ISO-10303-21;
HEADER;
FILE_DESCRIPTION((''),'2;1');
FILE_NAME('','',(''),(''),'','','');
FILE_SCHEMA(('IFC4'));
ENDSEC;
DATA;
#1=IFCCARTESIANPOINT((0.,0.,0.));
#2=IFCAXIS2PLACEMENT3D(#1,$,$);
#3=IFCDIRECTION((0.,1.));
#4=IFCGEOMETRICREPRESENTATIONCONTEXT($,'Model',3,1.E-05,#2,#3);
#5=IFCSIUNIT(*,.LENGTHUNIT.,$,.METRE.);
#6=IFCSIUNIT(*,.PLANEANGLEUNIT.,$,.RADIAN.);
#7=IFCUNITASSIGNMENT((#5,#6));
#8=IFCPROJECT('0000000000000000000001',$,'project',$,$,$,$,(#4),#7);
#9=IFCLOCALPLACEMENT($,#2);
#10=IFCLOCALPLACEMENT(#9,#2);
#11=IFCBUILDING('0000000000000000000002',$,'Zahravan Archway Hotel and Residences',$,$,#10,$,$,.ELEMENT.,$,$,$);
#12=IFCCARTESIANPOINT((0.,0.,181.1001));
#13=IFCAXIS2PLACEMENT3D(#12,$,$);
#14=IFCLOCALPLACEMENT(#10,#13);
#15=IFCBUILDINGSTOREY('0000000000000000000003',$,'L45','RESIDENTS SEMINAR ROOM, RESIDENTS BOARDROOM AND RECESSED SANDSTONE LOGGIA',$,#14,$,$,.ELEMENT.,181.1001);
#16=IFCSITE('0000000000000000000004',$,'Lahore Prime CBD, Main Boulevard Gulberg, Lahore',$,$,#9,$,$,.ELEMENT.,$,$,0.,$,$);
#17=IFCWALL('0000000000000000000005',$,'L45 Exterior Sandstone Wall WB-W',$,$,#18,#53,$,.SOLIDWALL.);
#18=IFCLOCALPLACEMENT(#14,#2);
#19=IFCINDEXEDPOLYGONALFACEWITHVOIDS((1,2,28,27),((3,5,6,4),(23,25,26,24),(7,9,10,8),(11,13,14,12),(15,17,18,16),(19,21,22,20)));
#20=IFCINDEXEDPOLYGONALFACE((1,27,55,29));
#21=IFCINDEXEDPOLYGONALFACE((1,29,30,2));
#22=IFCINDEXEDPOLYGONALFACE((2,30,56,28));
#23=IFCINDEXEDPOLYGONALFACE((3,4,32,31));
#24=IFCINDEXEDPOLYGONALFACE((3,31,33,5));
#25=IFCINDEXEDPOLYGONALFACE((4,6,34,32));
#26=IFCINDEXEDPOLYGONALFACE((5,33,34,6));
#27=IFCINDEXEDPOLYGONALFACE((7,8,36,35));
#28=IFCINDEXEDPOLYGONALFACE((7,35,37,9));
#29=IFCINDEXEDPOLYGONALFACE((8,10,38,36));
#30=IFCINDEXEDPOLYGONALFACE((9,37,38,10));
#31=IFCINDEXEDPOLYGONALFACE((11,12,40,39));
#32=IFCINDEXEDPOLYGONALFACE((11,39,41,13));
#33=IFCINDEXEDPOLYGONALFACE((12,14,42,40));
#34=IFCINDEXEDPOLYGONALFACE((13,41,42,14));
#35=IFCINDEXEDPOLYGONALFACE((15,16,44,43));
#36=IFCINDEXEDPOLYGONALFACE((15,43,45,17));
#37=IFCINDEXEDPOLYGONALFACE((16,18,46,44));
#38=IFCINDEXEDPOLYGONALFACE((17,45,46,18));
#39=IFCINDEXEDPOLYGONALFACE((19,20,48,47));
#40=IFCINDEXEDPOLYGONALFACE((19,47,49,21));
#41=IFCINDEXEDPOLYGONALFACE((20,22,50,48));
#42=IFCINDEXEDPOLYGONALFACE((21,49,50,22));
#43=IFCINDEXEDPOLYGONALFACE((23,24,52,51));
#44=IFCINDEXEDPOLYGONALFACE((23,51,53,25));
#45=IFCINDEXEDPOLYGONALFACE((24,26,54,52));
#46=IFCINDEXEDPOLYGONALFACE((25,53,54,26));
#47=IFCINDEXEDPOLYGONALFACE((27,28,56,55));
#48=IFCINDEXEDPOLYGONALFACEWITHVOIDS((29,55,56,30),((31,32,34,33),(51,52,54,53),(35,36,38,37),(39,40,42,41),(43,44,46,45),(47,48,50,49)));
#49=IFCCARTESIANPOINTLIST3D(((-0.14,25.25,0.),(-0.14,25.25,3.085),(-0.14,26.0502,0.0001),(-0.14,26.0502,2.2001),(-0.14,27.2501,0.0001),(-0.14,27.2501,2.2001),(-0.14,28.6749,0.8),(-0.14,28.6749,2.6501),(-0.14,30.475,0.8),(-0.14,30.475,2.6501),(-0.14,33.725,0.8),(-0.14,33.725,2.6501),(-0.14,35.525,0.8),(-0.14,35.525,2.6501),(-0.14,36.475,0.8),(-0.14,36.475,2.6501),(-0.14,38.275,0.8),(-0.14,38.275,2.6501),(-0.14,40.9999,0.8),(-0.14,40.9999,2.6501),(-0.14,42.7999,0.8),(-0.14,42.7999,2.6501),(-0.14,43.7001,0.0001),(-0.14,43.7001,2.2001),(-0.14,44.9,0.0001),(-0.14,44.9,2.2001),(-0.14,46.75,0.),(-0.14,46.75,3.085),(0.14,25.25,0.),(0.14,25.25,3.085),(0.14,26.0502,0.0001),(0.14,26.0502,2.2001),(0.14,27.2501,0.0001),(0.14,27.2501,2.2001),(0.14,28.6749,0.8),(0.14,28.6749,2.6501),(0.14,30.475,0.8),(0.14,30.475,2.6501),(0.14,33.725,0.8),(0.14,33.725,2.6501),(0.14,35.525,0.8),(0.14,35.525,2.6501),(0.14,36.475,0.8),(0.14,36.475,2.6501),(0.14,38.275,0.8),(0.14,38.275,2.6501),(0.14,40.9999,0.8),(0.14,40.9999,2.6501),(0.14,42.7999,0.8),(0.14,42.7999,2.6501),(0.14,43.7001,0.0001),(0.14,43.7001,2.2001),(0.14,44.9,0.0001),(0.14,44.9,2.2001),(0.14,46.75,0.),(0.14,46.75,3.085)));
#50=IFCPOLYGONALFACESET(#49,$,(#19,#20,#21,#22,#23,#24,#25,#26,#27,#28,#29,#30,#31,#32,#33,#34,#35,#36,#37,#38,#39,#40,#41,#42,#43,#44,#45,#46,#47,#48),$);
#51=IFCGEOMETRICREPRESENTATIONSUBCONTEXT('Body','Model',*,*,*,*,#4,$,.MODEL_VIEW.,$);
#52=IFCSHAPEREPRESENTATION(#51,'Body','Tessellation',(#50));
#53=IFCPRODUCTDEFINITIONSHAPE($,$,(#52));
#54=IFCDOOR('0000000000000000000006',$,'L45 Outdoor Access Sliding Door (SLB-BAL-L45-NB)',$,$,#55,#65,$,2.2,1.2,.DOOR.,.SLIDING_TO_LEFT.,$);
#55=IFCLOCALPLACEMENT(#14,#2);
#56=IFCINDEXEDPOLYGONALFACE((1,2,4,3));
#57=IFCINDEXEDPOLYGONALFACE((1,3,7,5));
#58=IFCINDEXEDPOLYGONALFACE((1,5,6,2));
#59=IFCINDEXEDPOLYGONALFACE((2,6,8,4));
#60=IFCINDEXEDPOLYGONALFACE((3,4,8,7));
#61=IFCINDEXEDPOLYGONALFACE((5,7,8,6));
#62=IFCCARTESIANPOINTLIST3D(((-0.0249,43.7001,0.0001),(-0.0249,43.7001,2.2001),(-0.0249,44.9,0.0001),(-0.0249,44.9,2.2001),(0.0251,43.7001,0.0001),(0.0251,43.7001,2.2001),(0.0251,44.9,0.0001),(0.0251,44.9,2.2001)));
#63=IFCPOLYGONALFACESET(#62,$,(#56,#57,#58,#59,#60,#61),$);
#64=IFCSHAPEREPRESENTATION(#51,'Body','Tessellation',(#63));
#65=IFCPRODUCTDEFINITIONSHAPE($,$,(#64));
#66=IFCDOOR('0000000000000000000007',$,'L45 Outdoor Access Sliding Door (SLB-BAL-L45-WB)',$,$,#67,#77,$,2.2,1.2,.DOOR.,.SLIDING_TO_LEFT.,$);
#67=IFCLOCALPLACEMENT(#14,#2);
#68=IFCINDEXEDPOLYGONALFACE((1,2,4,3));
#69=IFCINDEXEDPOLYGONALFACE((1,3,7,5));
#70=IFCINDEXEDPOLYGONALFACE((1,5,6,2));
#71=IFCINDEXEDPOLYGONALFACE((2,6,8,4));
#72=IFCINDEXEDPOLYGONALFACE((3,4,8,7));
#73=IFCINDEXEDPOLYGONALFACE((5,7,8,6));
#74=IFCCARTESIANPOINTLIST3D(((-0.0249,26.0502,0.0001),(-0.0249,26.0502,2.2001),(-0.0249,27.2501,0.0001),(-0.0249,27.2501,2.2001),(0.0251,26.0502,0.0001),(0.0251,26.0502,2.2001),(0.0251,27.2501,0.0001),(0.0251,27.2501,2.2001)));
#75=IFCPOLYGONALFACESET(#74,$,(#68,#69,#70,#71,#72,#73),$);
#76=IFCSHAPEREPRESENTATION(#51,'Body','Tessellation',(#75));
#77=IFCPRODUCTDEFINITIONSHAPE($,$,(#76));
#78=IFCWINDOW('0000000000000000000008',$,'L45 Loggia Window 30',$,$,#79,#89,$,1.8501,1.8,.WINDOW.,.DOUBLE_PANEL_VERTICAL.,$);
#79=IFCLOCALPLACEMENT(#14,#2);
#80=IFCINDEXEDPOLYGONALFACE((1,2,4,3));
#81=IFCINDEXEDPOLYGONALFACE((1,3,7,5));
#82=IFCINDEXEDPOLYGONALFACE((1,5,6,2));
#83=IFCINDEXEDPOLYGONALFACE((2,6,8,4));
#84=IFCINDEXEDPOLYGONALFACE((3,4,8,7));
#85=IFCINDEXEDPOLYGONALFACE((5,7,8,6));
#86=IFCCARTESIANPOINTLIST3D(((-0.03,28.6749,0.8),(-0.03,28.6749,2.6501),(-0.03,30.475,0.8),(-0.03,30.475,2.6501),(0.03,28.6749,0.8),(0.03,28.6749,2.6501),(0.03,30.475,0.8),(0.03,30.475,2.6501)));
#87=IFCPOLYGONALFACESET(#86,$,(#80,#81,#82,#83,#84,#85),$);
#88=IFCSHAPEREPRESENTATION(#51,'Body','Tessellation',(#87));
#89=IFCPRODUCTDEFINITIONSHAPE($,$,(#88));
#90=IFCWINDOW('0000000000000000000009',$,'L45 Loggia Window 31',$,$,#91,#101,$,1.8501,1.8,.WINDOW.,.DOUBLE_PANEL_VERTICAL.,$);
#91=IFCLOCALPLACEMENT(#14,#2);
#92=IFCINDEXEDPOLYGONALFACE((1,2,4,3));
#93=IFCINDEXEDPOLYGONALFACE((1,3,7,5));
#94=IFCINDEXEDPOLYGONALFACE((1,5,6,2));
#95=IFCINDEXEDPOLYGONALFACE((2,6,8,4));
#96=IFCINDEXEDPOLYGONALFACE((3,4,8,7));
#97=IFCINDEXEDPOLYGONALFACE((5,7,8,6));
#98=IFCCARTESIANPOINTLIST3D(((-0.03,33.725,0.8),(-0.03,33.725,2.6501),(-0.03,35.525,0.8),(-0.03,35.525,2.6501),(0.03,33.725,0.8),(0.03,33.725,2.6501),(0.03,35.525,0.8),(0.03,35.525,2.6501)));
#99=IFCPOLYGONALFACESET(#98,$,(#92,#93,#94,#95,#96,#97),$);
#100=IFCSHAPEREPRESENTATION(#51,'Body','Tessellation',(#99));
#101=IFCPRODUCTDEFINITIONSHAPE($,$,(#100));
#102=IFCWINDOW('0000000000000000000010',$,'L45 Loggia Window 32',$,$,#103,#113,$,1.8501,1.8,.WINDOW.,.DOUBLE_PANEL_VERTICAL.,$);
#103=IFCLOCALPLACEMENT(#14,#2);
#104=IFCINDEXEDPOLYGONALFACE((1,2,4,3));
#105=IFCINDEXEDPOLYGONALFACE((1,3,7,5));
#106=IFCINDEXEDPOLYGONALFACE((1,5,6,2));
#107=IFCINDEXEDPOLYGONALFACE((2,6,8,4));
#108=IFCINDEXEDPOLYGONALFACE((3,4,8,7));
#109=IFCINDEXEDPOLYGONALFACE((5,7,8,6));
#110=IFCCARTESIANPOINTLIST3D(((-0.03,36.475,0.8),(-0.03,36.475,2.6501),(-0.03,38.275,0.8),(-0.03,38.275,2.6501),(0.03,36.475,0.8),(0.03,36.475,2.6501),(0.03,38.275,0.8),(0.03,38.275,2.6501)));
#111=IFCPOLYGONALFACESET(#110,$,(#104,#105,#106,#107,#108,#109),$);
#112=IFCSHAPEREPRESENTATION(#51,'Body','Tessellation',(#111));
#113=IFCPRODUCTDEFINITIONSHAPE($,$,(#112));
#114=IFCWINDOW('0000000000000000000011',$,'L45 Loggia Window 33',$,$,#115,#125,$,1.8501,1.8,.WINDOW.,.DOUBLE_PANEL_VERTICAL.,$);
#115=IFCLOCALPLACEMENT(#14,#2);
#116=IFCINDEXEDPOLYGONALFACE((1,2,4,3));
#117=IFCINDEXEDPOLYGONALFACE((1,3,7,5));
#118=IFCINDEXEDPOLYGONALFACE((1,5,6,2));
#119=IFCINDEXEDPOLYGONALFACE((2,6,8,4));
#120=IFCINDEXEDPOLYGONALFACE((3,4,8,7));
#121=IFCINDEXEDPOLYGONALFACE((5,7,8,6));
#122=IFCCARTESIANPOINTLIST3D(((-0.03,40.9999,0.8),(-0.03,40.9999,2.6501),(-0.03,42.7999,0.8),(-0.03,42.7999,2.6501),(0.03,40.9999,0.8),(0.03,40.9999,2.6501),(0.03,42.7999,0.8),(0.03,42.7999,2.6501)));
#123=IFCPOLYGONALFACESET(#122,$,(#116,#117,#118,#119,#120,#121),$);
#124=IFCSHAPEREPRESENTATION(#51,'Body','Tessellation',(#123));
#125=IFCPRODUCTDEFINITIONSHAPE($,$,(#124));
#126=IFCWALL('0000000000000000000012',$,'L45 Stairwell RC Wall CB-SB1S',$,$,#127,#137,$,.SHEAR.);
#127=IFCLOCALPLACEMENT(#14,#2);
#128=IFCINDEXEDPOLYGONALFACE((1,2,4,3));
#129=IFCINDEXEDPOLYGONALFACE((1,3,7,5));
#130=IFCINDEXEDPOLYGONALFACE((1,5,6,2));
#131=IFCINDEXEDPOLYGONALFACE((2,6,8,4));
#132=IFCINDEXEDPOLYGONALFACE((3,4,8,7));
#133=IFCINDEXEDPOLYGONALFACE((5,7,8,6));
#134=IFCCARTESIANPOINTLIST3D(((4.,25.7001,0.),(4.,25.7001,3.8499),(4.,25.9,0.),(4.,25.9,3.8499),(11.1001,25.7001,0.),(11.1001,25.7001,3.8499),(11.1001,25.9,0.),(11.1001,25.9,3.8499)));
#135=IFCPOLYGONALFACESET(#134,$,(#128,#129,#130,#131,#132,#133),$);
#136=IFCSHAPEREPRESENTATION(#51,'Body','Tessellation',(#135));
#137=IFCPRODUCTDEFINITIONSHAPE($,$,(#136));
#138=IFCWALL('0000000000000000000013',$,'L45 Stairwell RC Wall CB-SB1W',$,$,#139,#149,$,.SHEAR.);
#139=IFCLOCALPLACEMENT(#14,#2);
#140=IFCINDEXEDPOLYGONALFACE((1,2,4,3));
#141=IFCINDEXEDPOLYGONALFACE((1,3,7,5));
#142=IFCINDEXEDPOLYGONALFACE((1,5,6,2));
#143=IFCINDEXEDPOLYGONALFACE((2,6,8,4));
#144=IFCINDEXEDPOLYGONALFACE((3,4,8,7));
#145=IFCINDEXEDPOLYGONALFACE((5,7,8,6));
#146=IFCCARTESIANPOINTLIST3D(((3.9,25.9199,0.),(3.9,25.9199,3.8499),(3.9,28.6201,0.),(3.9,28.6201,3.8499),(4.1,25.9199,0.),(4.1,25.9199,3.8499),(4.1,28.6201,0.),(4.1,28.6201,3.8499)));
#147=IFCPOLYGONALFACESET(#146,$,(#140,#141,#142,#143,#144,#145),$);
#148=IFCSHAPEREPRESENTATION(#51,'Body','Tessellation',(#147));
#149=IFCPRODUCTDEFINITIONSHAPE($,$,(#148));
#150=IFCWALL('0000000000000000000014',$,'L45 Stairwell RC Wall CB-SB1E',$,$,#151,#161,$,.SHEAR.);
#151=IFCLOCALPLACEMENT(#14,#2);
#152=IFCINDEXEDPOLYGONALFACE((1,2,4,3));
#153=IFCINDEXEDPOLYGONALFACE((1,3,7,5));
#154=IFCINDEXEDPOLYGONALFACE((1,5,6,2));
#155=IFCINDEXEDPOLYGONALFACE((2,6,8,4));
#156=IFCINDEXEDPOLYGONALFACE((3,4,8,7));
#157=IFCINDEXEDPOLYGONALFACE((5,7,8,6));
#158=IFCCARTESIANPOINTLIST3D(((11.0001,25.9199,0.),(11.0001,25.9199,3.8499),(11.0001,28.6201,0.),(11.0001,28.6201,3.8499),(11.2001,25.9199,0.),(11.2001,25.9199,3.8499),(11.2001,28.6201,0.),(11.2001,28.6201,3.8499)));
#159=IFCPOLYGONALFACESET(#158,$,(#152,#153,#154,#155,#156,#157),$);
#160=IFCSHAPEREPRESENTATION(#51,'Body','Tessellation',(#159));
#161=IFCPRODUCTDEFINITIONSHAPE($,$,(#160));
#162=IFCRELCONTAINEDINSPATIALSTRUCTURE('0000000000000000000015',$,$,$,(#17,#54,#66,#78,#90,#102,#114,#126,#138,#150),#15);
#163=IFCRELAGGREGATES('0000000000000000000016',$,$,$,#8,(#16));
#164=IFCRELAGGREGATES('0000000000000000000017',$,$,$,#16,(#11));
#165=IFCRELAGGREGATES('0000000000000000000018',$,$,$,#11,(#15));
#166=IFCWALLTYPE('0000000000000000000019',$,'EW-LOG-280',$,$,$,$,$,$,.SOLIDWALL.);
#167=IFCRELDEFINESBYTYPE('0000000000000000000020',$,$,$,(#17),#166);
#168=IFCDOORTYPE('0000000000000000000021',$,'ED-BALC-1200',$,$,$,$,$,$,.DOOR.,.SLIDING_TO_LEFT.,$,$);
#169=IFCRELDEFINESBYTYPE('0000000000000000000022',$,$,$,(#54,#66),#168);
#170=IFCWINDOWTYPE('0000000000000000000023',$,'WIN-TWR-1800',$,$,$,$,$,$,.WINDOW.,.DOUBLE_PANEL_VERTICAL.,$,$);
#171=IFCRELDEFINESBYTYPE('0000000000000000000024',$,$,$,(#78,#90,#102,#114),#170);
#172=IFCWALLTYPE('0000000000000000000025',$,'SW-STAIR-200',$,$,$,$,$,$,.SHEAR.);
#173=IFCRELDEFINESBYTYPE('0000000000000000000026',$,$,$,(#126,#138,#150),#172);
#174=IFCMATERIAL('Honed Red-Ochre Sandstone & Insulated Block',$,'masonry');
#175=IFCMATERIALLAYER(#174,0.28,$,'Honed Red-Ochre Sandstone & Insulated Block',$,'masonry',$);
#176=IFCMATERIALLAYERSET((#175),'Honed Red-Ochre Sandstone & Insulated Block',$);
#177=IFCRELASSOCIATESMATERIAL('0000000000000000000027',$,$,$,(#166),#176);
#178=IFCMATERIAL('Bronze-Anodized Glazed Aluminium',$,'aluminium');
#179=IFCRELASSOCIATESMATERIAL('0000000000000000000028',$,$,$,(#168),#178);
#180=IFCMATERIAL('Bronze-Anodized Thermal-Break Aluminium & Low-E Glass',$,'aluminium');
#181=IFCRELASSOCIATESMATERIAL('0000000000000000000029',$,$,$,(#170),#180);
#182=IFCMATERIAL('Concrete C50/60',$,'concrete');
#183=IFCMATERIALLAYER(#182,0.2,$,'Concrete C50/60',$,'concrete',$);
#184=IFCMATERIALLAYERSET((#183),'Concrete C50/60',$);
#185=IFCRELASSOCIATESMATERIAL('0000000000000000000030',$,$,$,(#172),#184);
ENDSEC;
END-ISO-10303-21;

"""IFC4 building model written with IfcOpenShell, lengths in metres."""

from ifc_helpers import new_model, si_unit, direction, frame, frame_2d, origin, place, context, subcontext, project, spatial, rectangle, extrude, source, transform, mapped, material, layer, layer_set, type_object, type_shapes, element, fill, save


model = new_model("IFC4")

# Units and contexts
model_context = context("Model", 3, precision=1e-05, world=origin(), true_north=direction((0.0, 1.0)))
body_context = subcontext(model_context, "Body", "Model", "MODEL_VIEW")
ifc_project = project(units=[si_unit("LENGTHUNIT", "METRE"), si_unit("PLANEANGLEUNIT", "RADIAN")], contexts=[model_context])

# Site, building, storey
site_placement = place(None, origin())
site = spatial("IfcSite", under=ifc_project, at=site_placement, Name="Lahore Prime CBD, Main Boulevard Gulberg, Lahore", CompositionType="ELEMENT", RefElevation=0.0)
building_placement = place(site_placement, origin())
building = spatial("IfcBuilding", under=site, at=building_placement, Name="Zahravan Archway Hotel and Residences", CompositionType="ELEMENT")
storey_placement = place(building_placement, frame((0.0, 0.0, 181.1001)))
storey = spatial("IfcBuildingStorey", under=building, at=storey_placement, Name="L45", Description="RESIDENTS SEMINAR ROOM, RESIDENTS BOARDROOM AND RECESSED SANDSTONE LOGGIA", CompositionType="ELEMENT", Elevation=181.1001)

# Shared definitions
ifc_material_1 = material(Name="Honed Red-Ochre Sandstone & Insulated Block", Category="masonry")
ifc_layer_1 = layer(ifc_material_1, 0.28, Name="Honed Red-Ochre Sandstone & Insulated Block", Category="masonry")
ifc_layer_set_1 = layer_set([ifc_layer_1], Name="Honed Red-Ochre Sandstone & Insulated Block")
wall_type_1 = type_object("IfcWallType", Name="EW-LOG-280", PredefinedType="SOLIDWALL", material=ifc_layer_set_1)
ifc_material_2 = material(Name="Bronze-Anodized Thermal-Break Aluminium & Low-E Glass", Category="aluminium")

# Wall, openings, doors, windows
wall_1_placement = place(storey_placement, frame((0.0, 25.25, 0.0), z_axis=(0.0, 0.0, 1.0), x_axis=(0.0, 1.0, 0.0)))
wall_1 = element("IfcWall", 1, at=wall_1_placement, inside=storey, type_object=wall_type_1, Name="L45 Exterior Sandstone Wall WB-W", PredefinedType="SOLIDWALL", context=body_context, shape_type="SweptSolid", body=[
    extrude(rectangle(XDim=21.5, YDim=0.28, at=frame_2d((10.75, 0.0))), origin(), (0.0, 0.0, 1.0), 3.085),
])
opening_1_placement = place(wall_1_placement, frame((18.45, 0.0, 0.0)))
opening_1 = element("IfcOpeningElement", 2, at=opening_1_placement, cuts=wall_1, PredefinedType="OPENING", context=body_context, shape_type="SweptSolid", body=[
    extrude(rectangle(XDim=1.2, YDim=2.2, at=frame_2d((0.6001, 1.1001))), frame((0.0, 0.1499, 0.0), z_axis=(0.0, -1.0, 0.0), x_axis=(1.0, 0.0, 0.0)), (0.0, 0.0, 1.0), 0.3),
])
opening_2_placement = place(wall_1_placement, frame((0.8, 0.0, 0.0)))
opening_2 = element("IfcOpeningElement", 3, at=opening_2_placement, cuts=wall_1, PredefinedType="OPENING", context=body_context, shape_type="SweptSolid", body=[
    extrude(rectangle(XDim=1.2, YDim=2.2, at=frame_2d((0.6001, 1.1001))), frame((0.0, 0.1499, 0.0), z_axis=(0.0, -1.0, 0.0), x_axis=(1.0, 0.0, 0.0)), (0.0, 0.0, 1.0), 0.3),
])
opening_3_placement = place(wall_1_placement, frame((3.425, 0.0, 0.8)))
opening_3 = element("IfcOpeningElement", 4, at=opening_3_placement, cuts=wall_1, PredefinedType="OPENING", context=body_context, shape_type="SweptSolid", body=[
    extrude(rectangle(XDim=1.8, YDim=1.8501, at=frame_2d((0.8999, 0.925))), frame((0.0, 0.1499, 0.0), z_axis=(0.0, -1.0, 0.0), x_axis=(1.0, 0.0, 0.0)), (0.0, 0.0, 1.0), 0.3),
])
opening_4_placement = place(wall_1_placement, frame((8.4751, 0.0, 0.8)))
opening_4 = element("IfcOpeningElement", 5, at=opening_4_placement, cuts=wall_1, PredefinedType="OPENING", context=body_context, shape_type="SweptSolid", body=[
    extrude(rectangle(XDim=1.8, YDim=1.8501, at=frame_2d((0.8999, 0.925))), frame((0.0, 0.1499, 0.0), z_axis=(0.0, -1.0, 0.0), x_axis=(1.0, 0.0, 0.0)), (0.0, 0.0, 1.0), 0.3),
])
opening_5_placement = place(wall_1_placement, frame((11.2251, 0.0, 0.8)))
opening_5 = element("IfcOpeningElement", 6, at=opening_5_placement, cuts=wall_1, PredefinedType="OPENING", context=body_context, shape_type="SweptSolid", body=[
    extrude(rectangle(XDim=1.8, YDim=1.8501, at=frame_2d((0.8999, 0.925))), frame((0.0, 0.1499, 0.0), z_axis=(0.0, -1.0, 0.0), x_axis=(1.0, 0.0, 0.0)), (0.0, 0.0, 1.0), 0.3),
])
opening_6_placement = place(wall_1_placement, frame((15.75, 0.0, 0.8)))
opening_6 = element("IfcOpeningElement", 7, at=opening_6_placement, cuts=wall_1, PredefinedType="OPENING", context=body_context, shape_type="SweptSolid", body=[
    extrude(rectangle(XDim=1.8, YDim=1.8501, at=frame_2d((0.8999, 0.925))), frame((0.0, 0.1499, 0.0), z_axis=(0.0, -1.0, 0.0), x_axis=(1.0, 0.0, 0.0)), (0.0, 0.0, 1.0), 0.3),
])
ifc_material_3 = material(Name="Bronze-Anodized Glazed Aluminium", Category="aluminium")
door_type_1 = type_object("IfcDoorType", Name="ED-BALC-1200", OperationType="SLIDING_TO_LEFT", PredefinedType="DOOR", material=ifc_material_3)
shared_shape_1 = source(origin(), body_context, "Body", "SweptSolid", [
    extrude(rectangle(XDim=1.2, YDim=2.2, at=frame_2d((0.6001, 1.1001))), frame((0.0, 0.0249, 0.0), z_axis=(0.0, -1.0, 0.0), x_axis=(1.0, 0.0, 0.0)), (0.0, 0.0, 1.0), 0.05),
])
type_shapes(door_type_1, [shared_shape_1])
door_1_placement = place(opening_1_placement, origin())
door_1 = element("IfcDoor", 8, at=door_1_placement, inside=storey, type_object=door_type_1, Name="L45 Outdoor Access Sliding Door (SLB-BAL-L45-NB)", OperationType="SLIDING_TO_LEFT", OverallHeight=2.2, OverallWidth=1.2, PredefinedType="DOOR", context=body_context, shape_type="MappedRepresentation", body=[
    mapped(shared_shape_1, transform((0.0, 0.0, 0.0), scale=1.0)),
])
fill(opening_1, door_1)
door_2_placement = place(opening_2_placement, origin())
door_2 = element("IfcDoor", 9, at=door_2_placement, inside=storey, type_object=door_type_1, Name="L45 Outdoor Access Sliding Door (SLB-BAL-L45-WB)", OperationType="SLIDING_TO_LEFT", OverallHeight=2.2, OverallWidth=1.2, PredefinedType="DOOR", context=body_context, shape_type="MappedRepresentation", body=[
    mapped(shared_shape_1, transform((0.0, 0.0, 0.0), scale=1.0)),
])
fill(opening_2, door_2)
window_type_1 = type_object("IfcWindowType", Name="WIN-TWR-1800", PartitioningType="DOUBLE_PANEL_VERTICAL", PredefinedType="WINDOW", material=ifc_material_2)
shared_shape_2 = source(origin(), body_context, "Body", "SweptSolid", [
    extrude(rectangle(XDim=1.8, YDim=1.8501, at=frame_2d((0.8999, 0.925))), frame((0.0, 0.03, 0.0), z_axis=(0.0, -1.0, 0.0), x_axis=(1.0, 0.0, 0.0)), (0.0, 0.0, 1.0), 0.0601),
])
type_shapes(window_type_1, [shared_shape_2])
window_1_placement = place(opening_3_placement, origin())
window_1 = element("IfcWindow", 10, at=window_1_placement, inside=storey, type_object=window_type_1, Name="L45 Loggia Window 30", OverallHeight=1.8501, OverallWidth=1.8, PartitioningType="DOUBLE_PANEL_VERTICAL", PredefinedType="WINDOW", context=body_context, shape_type="MappedRepresentation", body=[
    mapped(shared_shape_2, transform((0.0, 0.0, 0.0), scale=1.0)),
])
fill(opening_3, window_1)
window_2_placement = place(opening_4_placement, origin())
window_2 = element("IfcWindow", 11, at=window_2_placement, inside=storey, type_object=window_type_1, Name="L45 Loggia Window 31", OverallHeight=1.8501, OverallWidth=1.8, PartitioningType="DOUBLE_PANEL_VERTICAL", PredefinedType="WINDOW", context=body_context, shape_type="MappedRepresentation", body=[
    mapped(shared_shape_2, transform((0.0, 0.0, 0.0), scale=1.0)),
])
fill(opening_4, window_2)
window_3_placement = place(opening_5_placement, origin())
window_3 = element("IfcWindow", 12, at=window_3_placement, inside=storey, type_object=window_type_1, Name="L45 Loggia Window 32", OverallHeight=1.8501, OverallWidth=1.8, PartitioningType="DOUBLE_PANEL_VERTICAL", PredefinedType="WINDOW", context=body_context, shape_type="MappedRepresentation", body=[
    mapped(shared_shape_2, transform((0.0, 0.0, 0.0), scale=1.0)),
])
fill(opening_5, window_3)
window_4_placement = place(opening_6_placement, origin())
window_4 = element("IfcWindow", 13, at=window_4_placement, inside=storey, type_object=window_type_1, Name="L45 Loggia Window 33", OverallHeight=1.8501, OverallWidth=1.8, PartitioningType="DOUBLE_PANEL_VERTICAL", PredefinedType="WINDOW", context=body_context, shape_type="MappedRepresentation", body=[
    mapped(shared_shape_2, transform((0.0, 0.0, 0.0), scale=1.0)),
])
fill(opening_6, window_4)

# Walls
ifc_material_4 = material(Name="Concrete C50/60", Category="concrete")
ifc_layer_2 = layer(ifc_material_4, 0.2, Name="Concrete C50/60", Category="concrete")
ifc_layer_set_2 = layer_set([ifc_layer_2], Name="Concrete C50/60")
wall_type_2 = type_object("IfcWallType", Name="SW-STAIR-200", PredefinedType="SHEAR", material=ifc_layer_set_2)
wall_2_placement = place(storey_placement, frame((4.0, 25.8, 0.0), z_axis=(0.0, 0.0, 1.0), x_axis=(1.0, 0.0, 0.0)))
element("IfcWall", 14, at=wall_2_placement, inside=storey, type_object=wall_type_2, Name="L45 Stairwell RC Wall CB-SB1S", PredefinedType="SHEAR", context=body_context, shape_type="SweptSolid", body=[
    extrude(rectangle(XDim=7.1001, YDim=0.2, at=frame_2d((3.55, 0.0))), origin(), (0.0, 0.0, 1.0), 3.8499),
])
for number, where, z_axis, x_axis, name in (
    (15, (4.0, 25.9199, 0.0), (0.0, 0.0, 1.0), (0.0, 1.0, 0.0), "L45 Stairwell RC Wall CB-SB1W"),
    (16, (11.1001, 25.9199, 0.0), (0.0, 0.0, 1.0), (0.0, 1.0, 0.0), "L45 Stairwell RC Wall CB-SB1E"),
):
    element("IfcWall", number, at=place(storey_placement, frame(where, z_axis=z_axis, x_axis=x_axis)), inside=storey, type_object=wall_type_2, Name=name, PredefinedType="SHEAR", context=body_context, shape_type="SweptSolid", body=[
        extrude(rectangle(XDim=2.7002, YDim=0.2, at=frame_2d((1.3501, 0.0))), origin(), (0.0, 0.0, 1.0), 3.8499),
    ])

save(model, "model.ifc")
